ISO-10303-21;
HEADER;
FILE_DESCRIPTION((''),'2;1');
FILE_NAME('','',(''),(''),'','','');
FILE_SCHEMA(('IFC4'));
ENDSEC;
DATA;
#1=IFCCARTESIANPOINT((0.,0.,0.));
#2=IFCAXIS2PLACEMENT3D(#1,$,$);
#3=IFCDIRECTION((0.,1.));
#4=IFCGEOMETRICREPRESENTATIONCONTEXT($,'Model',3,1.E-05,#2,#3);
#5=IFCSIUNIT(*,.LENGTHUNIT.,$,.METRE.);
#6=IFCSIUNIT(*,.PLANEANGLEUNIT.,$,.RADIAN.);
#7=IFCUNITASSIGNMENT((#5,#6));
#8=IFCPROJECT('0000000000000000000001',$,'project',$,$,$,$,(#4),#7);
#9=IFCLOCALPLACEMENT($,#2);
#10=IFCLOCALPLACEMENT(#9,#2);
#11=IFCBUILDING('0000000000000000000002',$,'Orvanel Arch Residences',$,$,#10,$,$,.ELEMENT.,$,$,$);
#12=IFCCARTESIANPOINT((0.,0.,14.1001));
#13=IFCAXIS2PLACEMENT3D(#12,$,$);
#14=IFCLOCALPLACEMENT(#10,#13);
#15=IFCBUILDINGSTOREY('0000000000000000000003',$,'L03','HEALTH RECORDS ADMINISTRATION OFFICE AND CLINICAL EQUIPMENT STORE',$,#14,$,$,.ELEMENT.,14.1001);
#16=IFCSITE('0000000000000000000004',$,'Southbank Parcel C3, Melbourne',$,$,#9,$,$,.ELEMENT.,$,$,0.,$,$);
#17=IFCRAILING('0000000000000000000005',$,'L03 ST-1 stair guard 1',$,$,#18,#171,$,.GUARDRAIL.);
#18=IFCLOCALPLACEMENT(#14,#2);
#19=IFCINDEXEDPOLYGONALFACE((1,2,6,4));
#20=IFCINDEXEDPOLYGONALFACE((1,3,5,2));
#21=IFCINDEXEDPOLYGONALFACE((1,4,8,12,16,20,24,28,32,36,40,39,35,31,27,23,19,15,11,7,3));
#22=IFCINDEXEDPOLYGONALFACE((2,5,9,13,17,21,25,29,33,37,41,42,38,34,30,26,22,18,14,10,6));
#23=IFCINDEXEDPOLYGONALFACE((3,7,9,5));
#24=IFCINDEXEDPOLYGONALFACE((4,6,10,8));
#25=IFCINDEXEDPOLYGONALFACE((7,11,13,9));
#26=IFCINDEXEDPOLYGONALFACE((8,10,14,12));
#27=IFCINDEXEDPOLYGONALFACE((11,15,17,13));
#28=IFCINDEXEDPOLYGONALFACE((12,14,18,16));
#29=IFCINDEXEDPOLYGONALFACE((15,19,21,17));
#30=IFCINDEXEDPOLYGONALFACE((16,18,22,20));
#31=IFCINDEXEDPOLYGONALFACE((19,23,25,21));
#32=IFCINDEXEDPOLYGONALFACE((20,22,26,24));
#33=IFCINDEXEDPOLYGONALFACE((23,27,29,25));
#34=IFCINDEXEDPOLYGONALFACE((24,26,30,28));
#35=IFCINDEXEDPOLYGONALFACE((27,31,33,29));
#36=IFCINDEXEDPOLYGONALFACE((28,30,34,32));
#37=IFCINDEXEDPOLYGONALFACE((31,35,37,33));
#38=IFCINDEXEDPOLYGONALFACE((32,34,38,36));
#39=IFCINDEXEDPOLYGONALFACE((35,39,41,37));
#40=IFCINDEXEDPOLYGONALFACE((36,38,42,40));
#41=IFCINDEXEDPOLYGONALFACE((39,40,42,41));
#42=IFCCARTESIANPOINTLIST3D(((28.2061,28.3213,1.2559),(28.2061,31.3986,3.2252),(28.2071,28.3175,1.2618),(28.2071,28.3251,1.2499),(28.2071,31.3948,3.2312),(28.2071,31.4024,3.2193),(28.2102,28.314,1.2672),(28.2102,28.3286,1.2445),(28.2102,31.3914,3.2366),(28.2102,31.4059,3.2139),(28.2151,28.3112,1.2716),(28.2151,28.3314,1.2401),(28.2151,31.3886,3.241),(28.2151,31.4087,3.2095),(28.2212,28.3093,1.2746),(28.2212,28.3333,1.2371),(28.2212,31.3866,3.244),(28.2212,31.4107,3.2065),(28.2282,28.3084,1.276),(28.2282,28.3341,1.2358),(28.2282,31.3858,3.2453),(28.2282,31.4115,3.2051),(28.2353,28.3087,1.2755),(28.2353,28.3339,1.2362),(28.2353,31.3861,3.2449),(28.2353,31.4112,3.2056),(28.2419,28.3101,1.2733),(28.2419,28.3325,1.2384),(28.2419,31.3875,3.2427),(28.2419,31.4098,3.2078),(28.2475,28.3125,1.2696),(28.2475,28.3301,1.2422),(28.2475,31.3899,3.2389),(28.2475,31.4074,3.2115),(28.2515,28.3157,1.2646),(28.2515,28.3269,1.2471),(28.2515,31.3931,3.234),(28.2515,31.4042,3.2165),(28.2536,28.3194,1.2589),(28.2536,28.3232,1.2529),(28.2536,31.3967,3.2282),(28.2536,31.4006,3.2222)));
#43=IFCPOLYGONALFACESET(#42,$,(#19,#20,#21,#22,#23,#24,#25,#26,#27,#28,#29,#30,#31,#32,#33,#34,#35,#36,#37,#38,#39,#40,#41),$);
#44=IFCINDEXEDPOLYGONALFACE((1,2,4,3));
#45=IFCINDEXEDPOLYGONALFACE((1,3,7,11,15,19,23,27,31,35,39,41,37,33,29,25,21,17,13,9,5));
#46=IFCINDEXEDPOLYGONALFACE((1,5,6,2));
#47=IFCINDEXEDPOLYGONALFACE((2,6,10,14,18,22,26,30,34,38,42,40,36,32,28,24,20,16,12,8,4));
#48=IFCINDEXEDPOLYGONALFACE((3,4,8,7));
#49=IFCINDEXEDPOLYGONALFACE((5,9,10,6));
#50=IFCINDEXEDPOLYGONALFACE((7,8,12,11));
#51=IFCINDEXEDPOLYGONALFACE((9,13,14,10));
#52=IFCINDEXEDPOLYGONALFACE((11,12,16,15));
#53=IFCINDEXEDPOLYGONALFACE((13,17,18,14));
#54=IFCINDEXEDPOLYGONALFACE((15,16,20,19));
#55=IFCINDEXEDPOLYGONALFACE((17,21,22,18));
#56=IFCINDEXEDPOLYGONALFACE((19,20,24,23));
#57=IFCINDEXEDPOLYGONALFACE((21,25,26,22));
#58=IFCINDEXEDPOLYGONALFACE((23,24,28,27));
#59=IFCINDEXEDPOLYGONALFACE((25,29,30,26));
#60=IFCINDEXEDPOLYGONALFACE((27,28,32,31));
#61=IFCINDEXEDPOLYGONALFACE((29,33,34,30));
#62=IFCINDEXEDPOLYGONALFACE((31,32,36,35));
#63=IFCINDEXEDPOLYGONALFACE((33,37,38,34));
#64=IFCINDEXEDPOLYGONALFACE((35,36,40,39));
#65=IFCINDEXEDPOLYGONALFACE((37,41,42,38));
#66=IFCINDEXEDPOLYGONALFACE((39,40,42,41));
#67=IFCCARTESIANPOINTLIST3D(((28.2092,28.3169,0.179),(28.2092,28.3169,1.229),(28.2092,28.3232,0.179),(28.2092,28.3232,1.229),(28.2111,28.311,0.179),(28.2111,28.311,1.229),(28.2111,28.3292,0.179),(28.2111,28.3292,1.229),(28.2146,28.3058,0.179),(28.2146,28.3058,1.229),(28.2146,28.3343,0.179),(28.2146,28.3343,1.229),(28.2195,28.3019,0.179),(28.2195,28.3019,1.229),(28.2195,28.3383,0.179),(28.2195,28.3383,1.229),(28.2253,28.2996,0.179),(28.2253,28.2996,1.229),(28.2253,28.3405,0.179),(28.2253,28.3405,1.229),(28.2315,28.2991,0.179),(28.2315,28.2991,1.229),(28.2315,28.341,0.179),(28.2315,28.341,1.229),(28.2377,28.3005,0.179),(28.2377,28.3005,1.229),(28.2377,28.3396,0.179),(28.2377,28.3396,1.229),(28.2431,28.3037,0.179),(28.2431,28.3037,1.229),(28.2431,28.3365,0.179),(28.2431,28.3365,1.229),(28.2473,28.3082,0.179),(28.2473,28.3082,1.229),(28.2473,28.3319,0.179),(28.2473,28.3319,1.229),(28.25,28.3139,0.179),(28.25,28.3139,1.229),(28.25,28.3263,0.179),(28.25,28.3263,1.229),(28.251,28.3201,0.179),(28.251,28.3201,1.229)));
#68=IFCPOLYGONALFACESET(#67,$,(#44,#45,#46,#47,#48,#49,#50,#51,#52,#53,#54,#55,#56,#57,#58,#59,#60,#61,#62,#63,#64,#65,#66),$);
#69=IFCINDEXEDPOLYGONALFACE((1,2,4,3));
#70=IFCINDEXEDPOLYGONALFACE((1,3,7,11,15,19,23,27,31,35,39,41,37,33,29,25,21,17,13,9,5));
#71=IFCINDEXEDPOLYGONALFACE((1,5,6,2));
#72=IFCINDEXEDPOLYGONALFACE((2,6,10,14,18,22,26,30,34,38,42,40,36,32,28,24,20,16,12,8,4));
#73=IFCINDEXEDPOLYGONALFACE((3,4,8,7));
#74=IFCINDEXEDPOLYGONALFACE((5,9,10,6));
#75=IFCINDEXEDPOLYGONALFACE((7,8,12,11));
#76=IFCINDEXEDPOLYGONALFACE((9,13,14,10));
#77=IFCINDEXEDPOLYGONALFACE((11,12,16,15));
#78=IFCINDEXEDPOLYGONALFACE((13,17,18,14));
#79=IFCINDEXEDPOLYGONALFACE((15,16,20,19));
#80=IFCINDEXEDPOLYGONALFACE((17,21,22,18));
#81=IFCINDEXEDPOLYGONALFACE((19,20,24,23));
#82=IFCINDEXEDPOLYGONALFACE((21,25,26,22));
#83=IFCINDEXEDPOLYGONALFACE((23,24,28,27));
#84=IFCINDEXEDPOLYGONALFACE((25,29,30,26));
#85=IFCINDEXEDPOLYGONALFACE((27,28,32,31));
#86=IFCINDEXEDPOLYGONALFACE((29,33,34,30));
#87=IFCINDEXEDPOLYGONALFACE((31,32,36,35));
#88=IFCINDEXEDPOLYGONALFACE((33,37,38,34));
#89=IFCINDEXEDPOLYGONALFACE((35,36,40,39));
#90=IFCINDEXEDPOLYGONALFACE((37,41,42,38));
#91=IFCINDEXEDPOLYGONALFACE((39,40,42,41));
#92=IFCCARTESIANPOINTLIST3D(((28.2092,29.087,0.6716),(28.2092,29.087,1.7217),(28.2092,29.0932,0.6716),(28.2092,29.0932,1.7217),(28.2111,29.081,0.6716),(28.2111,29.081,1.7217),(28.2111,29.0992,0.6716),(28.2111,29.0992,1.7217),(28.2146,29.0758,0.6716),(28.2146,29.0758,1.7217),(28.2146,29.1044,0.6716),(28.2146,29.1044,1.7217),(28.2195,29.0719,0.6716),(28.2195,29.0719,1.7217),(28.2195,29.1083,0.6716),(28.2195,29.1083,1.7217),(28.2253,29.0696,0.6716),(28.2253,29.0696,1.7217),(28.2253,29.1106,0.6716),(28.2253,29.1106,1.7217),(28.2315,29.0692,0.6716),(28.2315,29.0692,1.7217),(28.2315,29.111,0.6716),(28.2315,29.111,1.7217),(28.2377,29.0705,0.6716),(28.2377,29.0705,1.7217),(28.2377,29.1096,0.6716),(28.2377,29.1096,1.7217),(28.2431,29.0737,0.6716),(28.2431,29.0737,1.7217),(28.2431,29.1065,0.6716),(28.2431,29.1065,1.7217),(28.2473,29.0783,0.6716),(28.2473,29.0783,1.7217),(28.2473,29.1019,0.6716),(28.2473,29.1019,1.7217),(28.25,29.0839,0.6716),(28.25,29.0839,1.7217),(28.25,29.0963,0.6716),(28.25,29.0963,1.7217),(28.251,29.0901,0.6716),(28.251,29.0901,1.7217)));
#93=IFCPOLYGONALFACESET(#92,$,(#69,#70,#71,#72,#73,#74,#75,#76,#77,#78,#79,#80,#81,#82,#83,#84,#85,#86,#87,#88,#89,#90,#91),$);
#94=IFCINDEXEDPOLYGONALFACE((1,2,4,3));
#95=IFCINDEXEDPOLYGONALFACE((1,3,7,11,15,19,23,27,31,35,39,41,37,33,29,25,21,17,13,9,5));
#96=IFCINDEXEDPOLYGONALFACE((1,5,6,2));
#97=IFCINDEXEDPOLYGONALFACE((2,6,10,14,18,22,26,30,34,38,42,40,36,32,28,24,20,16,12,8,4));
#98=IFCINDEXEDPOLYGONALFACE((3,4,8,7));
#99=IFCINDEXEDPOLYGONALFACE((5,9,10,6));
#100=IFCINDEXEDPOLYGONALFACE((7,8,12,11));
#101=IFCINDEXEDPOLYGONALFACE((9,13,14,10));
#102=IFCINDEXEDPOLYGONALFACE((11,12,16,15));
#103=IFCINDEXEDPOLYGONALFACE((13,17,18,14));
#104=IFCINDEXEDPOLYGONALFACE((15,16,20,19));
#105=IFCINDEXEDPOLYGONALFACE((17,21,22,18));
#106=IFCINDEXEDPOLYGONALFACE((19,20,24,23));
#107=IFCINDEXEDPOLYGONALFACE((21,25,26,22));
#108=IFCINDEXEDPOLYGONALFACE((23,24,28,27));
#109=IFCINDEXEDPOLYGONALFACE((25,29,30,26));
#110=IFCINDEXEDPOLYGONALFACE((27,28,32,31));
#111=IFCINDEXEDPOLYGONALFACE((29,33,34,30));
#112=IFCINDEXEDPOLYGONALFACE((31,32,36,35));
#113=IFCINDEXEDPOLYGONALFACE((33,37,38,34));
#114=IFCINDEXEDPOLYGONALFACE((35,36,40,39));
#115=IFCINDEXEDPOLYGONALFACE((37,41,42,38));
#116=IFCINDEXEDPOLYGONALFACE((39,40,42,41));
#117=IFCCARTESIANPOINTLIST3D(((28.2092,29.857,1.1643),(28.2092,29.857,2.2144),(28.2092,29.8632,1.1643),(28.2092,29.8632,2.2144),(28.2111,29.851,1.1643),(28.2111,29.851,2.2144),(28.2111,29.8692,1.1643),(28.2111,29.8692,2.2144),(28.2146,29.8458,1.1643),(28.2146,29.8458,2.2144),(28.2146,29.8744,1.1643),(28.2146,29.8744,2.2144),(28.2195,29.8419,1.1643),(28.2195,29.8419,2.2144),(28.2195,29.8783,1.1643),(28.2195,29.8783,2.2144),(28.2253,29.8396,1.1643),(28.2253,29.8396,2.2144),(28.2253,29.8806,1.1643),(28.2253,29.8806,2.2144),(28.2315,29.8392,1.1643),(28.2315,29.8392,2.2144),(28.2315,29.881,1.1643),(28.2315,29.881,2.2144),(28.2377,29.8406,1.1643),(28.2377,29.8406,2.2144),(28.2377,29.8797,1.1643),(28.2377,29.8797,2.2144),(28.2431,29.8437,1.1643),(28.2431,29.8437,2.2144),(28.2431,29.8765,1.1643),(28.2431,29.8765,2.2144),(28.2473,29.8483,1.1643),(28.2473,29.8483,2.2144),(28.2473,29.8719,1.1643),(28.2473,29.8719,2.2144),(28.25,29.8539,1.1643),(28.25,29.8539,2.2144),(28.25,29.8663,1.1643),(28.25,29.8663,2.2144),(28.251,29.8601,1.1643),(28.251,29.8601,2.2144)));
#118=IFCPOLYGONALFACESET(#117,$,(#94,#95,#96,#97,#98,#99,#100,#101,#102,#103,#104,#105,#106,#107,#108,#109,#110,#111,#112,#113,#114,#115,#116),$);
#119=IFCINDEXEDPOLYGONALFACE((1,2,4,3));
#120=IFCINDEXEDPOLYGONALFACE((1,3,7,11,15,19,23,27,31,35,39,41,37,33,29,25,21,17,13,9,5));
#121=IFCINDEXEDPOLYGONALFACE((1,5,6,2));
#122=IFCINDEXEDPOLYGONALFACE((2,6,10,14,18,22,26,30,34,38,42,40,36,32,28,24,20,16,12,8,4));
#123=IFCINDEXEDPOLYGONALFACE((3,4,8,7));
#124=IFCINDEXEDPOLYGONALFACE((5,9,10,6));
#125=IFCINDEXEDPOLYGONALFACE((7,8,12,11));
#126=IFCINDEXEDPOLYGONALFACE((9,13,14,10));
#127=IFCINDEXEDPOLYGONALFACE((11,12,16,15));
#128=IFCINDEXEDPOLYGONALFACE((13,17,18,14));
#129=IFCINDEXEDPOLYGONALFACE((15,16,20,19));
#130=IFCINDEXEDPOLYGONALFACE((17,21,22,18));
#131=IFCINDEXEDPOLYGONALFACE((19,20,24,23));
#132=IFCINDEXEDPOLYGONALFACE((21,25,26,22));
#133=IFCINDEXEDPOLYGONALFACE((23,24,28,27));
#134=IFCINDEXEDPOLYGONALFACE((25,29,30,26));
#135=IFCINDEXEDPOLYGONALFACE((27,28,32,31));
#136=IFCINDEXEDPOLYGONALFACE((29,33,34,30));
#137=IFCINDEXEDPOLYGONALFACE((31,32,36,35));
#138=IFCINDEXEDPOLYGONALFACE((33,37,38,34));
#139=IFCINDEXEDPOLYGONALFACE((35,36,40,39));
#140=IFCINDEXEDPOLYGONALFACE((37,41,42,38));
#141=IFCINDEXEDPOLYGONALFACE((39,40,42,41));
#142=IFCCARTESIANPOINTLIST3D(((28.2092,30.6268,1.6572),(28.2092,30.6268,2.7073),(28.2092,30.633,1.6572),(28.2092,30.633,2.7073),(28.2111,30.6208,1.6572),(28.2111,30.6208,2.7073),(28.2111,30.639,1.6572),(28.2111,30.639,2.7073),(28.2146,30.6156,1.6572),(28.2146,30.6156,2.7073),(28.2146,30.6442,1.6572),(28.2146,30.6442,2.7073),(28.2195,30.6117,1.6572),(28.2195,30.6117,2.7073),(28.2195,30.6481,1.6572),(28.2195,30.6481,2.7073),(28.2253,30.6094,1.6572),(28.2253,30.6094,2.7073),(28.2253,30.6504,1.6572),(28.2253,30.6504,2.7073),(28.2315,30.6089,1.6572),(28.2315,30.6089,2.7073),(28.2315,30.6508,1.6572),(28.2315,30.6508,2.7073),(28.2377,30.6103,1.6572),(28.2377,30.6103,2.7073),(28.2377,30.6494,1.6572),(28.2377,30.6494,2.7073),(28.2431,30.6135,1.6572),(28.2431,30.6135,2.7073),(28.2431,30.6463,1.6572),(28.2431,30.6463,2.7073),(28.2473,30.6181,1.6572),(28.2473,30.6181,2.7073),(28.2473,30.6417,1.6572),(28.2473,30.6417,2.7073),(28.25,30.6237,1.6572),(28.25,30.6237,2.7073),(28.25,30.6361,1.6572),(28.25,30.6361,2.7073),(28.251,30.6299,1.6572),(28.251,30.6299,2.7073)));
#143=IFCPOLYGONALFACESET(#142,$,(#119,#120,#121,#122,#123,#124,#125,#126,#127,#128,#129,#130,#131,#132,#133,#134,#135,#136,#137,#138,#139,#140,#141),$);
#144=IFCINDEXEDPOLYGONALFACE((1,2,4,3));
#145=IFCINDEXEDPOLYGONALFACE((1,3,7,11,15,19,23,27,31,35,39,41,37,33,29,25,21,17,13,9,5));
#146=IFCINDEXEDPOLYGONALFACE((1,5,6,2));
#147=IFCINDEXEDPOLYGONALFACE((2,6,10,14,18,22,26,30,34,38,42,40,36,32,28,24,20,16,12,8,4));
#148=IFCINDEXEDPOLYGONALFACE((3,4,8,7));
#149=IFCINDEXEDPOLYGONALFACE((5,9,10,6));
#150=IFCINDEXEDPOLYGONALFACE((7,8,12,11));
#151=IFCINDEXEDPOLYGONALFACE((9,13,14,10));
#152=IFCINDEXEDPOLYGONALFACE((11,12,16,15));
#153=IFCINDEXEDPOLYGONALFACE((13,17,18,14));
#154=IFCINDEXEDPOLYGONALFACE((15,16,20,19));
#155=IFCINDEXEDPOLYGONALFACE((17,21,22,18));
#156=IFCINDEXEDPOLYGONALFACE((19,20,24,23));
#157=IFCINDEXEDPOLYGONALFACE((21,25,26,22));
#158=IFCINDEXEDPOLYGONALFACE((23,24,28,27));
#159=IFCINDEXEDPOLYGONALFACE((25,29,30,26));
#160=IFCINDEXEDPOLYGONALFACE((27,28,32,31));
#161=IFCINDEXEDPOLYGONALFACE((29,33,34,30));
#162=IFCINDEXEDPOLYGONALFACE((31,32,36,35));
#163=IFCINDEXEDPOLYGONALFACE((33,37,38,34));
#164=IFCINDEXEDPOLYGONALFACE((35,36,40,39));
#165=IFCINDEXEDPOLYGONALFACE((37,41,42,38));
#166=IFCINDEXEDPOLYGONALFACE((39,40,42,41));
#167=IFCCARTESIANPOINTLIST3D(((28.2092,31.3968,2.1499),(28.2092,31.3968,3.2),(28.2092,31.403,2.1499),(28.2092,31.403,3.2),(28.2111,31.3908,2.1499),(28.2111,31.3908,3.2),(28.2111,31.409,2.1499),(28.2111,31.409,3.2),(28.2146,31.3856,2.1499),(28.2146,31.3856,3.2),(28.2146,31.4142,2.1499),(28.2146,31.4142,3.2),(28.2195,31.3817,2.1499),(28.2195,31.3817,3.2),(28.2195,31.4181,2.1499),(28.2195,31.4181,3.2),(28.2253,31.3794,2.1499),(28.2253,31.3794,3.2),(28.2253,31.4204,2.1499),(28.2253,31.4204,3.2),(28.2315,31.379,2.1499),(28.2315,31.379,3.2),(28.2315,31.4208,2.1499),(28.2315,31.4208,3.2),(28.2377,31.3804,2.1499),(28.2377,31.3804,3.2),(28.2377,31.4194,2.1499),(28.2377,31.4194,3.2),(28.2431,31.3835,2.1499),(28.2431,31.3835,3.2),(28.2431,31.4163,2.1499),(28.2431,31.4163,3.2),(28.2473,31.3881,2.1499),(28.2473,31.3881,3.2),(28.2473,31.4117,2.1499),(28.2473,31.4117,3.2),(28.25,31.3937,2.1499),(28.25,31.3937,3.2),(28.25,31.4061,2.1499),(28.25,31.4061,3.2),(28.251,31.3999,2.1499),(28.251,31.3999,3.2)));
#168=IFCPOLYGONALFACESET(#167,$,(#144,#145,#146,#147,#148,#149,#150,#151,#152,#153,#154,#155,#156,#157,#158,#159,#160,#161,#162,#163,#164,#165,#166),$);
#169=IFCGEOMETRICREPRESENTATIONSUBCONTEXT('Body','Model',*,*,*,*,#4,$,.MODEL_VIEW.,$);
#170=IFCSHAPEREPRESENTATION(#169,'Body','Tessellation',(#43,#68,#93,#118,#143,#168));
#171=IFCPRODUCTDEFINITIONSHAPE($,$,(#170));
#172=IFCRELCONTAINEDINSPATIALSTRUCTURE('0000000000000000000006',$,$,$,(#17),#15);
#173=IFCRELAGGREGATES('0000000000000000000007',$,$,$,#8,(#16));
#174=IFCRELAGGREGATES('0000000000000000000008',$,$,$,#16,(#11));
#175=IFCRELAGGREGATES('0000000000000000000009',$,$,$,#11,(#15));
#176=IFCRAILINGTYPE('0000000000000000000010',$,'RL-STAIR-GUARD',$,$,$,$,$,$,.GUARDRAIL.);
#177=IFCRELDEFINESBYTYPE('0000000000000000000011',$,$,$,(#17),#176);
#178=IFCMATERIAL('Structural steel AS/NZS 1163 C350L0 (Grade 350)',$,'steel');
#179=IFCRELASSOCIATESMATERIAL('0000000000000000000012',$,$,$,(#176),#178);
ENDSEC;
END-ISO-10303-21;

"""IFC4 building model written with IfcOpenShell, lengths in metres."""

from ifc_helpers import new_model, si_unit, direction, frame, origin, origin_2d, place, context, subcontext, project, spatial, circle, extrude, material, type_object, element, save


model = new_model("IFC4")

# Units and contexts
model_context = context("Model", 3, precision=1e-05, world=origin(), true_north=direction((0.0, 1.0)))
body_context = subcontext(model_context, "Body", "Model", "MODEL_VIEW")
ifc_project = project(units=[si_unit("LENGTHUNIT", "METRE"), si_unit("PLANEANGLEUNIT", "RADIAN")], contexts=[model_context])

# Site, building, storey
site_placement = place(None, origin())
site = spatial("IfcSite", under=ifc_project, at=site_placement, Name="Southbank Parcel C3, Melbourne", CompositionType="ELEMENT", RefElevation=0.0)
building_placement = place(site_placement, origin())
building = spatial("IfcBuilding", under=site, at=building_placement, Name="Orvanel Arch Residences", CompositionType="ELEMENT")
storey_placement = place(building_placement, frame((0.0, 0.0, 14.1001)))
storey = spatial("IfcBuildingStorey", under=building, at=storey_placement, Name="L03", Description="HEALTH RECORDS ADMINISTRATION OFFICE AND CLINICAL EQUIPMENT STORE", CompositionType="ELEMENT", Elevation=14.1001)

# Railing
ifc_material_1 = material(Name="Structural steel AS/NZS 1163 C350L0 (Grade 350)", Category="steel")
railing_type = type_object("IfcRailingType", Name="RL-STAIR-GUARD", PredefinedType="GUARDRAIL", material=ifc_material_1)
railing_1_placement = place(storey_placement, frame((28.23, 28.3201, 0.179)))
element("IfcRailing", 1, at=railing_1_placement, inside=storey, type_object=railing_type, Name="L03 ST-1 stair guard 1", PredefinedType="GUARDRAIL", context=body_context, shape_type="SweptSolid", body=[
    extrude(circle(Radius=0.0239, at=origin_2d()), frame((0.0, 0.0012, 1.0769), z_axis=(0.0, 0.84229, 0.539025), x_axis=(-1.0, 0.0, 0.0)), (0.0, 0.0, 1.0), 3.6536),
    extrude(circle(Radius=0.021, at=origin_2d()), origin(), (0.0, 0.0, 1.0), 1.05),
    extrude(circle(Radius=0.021, at=origin_2d()), frame((0.0, 0.77, 0.4927)), (0.0, 0.0, 1.0), 1.05),
    extrude(circle(Radius=0.021, at=origin_2d()), frame((0.0, 1.54, 0.9854)), (0.0, 0.0, 1.0), 1.05),
    extrude(circle(Radius=0.021, at=origin_2d()), frame((0.0, 2.3098, 1.4783)), (0.0, 0.0, 1.0), 1.05),
    extrude(circle(Radius=0.021, at=origin_2d()), frame((0.0, 3.0798, 1.9709)), (0.0, 0.0, 1.0), 1.05),
])

save(model, "model.ifc")
